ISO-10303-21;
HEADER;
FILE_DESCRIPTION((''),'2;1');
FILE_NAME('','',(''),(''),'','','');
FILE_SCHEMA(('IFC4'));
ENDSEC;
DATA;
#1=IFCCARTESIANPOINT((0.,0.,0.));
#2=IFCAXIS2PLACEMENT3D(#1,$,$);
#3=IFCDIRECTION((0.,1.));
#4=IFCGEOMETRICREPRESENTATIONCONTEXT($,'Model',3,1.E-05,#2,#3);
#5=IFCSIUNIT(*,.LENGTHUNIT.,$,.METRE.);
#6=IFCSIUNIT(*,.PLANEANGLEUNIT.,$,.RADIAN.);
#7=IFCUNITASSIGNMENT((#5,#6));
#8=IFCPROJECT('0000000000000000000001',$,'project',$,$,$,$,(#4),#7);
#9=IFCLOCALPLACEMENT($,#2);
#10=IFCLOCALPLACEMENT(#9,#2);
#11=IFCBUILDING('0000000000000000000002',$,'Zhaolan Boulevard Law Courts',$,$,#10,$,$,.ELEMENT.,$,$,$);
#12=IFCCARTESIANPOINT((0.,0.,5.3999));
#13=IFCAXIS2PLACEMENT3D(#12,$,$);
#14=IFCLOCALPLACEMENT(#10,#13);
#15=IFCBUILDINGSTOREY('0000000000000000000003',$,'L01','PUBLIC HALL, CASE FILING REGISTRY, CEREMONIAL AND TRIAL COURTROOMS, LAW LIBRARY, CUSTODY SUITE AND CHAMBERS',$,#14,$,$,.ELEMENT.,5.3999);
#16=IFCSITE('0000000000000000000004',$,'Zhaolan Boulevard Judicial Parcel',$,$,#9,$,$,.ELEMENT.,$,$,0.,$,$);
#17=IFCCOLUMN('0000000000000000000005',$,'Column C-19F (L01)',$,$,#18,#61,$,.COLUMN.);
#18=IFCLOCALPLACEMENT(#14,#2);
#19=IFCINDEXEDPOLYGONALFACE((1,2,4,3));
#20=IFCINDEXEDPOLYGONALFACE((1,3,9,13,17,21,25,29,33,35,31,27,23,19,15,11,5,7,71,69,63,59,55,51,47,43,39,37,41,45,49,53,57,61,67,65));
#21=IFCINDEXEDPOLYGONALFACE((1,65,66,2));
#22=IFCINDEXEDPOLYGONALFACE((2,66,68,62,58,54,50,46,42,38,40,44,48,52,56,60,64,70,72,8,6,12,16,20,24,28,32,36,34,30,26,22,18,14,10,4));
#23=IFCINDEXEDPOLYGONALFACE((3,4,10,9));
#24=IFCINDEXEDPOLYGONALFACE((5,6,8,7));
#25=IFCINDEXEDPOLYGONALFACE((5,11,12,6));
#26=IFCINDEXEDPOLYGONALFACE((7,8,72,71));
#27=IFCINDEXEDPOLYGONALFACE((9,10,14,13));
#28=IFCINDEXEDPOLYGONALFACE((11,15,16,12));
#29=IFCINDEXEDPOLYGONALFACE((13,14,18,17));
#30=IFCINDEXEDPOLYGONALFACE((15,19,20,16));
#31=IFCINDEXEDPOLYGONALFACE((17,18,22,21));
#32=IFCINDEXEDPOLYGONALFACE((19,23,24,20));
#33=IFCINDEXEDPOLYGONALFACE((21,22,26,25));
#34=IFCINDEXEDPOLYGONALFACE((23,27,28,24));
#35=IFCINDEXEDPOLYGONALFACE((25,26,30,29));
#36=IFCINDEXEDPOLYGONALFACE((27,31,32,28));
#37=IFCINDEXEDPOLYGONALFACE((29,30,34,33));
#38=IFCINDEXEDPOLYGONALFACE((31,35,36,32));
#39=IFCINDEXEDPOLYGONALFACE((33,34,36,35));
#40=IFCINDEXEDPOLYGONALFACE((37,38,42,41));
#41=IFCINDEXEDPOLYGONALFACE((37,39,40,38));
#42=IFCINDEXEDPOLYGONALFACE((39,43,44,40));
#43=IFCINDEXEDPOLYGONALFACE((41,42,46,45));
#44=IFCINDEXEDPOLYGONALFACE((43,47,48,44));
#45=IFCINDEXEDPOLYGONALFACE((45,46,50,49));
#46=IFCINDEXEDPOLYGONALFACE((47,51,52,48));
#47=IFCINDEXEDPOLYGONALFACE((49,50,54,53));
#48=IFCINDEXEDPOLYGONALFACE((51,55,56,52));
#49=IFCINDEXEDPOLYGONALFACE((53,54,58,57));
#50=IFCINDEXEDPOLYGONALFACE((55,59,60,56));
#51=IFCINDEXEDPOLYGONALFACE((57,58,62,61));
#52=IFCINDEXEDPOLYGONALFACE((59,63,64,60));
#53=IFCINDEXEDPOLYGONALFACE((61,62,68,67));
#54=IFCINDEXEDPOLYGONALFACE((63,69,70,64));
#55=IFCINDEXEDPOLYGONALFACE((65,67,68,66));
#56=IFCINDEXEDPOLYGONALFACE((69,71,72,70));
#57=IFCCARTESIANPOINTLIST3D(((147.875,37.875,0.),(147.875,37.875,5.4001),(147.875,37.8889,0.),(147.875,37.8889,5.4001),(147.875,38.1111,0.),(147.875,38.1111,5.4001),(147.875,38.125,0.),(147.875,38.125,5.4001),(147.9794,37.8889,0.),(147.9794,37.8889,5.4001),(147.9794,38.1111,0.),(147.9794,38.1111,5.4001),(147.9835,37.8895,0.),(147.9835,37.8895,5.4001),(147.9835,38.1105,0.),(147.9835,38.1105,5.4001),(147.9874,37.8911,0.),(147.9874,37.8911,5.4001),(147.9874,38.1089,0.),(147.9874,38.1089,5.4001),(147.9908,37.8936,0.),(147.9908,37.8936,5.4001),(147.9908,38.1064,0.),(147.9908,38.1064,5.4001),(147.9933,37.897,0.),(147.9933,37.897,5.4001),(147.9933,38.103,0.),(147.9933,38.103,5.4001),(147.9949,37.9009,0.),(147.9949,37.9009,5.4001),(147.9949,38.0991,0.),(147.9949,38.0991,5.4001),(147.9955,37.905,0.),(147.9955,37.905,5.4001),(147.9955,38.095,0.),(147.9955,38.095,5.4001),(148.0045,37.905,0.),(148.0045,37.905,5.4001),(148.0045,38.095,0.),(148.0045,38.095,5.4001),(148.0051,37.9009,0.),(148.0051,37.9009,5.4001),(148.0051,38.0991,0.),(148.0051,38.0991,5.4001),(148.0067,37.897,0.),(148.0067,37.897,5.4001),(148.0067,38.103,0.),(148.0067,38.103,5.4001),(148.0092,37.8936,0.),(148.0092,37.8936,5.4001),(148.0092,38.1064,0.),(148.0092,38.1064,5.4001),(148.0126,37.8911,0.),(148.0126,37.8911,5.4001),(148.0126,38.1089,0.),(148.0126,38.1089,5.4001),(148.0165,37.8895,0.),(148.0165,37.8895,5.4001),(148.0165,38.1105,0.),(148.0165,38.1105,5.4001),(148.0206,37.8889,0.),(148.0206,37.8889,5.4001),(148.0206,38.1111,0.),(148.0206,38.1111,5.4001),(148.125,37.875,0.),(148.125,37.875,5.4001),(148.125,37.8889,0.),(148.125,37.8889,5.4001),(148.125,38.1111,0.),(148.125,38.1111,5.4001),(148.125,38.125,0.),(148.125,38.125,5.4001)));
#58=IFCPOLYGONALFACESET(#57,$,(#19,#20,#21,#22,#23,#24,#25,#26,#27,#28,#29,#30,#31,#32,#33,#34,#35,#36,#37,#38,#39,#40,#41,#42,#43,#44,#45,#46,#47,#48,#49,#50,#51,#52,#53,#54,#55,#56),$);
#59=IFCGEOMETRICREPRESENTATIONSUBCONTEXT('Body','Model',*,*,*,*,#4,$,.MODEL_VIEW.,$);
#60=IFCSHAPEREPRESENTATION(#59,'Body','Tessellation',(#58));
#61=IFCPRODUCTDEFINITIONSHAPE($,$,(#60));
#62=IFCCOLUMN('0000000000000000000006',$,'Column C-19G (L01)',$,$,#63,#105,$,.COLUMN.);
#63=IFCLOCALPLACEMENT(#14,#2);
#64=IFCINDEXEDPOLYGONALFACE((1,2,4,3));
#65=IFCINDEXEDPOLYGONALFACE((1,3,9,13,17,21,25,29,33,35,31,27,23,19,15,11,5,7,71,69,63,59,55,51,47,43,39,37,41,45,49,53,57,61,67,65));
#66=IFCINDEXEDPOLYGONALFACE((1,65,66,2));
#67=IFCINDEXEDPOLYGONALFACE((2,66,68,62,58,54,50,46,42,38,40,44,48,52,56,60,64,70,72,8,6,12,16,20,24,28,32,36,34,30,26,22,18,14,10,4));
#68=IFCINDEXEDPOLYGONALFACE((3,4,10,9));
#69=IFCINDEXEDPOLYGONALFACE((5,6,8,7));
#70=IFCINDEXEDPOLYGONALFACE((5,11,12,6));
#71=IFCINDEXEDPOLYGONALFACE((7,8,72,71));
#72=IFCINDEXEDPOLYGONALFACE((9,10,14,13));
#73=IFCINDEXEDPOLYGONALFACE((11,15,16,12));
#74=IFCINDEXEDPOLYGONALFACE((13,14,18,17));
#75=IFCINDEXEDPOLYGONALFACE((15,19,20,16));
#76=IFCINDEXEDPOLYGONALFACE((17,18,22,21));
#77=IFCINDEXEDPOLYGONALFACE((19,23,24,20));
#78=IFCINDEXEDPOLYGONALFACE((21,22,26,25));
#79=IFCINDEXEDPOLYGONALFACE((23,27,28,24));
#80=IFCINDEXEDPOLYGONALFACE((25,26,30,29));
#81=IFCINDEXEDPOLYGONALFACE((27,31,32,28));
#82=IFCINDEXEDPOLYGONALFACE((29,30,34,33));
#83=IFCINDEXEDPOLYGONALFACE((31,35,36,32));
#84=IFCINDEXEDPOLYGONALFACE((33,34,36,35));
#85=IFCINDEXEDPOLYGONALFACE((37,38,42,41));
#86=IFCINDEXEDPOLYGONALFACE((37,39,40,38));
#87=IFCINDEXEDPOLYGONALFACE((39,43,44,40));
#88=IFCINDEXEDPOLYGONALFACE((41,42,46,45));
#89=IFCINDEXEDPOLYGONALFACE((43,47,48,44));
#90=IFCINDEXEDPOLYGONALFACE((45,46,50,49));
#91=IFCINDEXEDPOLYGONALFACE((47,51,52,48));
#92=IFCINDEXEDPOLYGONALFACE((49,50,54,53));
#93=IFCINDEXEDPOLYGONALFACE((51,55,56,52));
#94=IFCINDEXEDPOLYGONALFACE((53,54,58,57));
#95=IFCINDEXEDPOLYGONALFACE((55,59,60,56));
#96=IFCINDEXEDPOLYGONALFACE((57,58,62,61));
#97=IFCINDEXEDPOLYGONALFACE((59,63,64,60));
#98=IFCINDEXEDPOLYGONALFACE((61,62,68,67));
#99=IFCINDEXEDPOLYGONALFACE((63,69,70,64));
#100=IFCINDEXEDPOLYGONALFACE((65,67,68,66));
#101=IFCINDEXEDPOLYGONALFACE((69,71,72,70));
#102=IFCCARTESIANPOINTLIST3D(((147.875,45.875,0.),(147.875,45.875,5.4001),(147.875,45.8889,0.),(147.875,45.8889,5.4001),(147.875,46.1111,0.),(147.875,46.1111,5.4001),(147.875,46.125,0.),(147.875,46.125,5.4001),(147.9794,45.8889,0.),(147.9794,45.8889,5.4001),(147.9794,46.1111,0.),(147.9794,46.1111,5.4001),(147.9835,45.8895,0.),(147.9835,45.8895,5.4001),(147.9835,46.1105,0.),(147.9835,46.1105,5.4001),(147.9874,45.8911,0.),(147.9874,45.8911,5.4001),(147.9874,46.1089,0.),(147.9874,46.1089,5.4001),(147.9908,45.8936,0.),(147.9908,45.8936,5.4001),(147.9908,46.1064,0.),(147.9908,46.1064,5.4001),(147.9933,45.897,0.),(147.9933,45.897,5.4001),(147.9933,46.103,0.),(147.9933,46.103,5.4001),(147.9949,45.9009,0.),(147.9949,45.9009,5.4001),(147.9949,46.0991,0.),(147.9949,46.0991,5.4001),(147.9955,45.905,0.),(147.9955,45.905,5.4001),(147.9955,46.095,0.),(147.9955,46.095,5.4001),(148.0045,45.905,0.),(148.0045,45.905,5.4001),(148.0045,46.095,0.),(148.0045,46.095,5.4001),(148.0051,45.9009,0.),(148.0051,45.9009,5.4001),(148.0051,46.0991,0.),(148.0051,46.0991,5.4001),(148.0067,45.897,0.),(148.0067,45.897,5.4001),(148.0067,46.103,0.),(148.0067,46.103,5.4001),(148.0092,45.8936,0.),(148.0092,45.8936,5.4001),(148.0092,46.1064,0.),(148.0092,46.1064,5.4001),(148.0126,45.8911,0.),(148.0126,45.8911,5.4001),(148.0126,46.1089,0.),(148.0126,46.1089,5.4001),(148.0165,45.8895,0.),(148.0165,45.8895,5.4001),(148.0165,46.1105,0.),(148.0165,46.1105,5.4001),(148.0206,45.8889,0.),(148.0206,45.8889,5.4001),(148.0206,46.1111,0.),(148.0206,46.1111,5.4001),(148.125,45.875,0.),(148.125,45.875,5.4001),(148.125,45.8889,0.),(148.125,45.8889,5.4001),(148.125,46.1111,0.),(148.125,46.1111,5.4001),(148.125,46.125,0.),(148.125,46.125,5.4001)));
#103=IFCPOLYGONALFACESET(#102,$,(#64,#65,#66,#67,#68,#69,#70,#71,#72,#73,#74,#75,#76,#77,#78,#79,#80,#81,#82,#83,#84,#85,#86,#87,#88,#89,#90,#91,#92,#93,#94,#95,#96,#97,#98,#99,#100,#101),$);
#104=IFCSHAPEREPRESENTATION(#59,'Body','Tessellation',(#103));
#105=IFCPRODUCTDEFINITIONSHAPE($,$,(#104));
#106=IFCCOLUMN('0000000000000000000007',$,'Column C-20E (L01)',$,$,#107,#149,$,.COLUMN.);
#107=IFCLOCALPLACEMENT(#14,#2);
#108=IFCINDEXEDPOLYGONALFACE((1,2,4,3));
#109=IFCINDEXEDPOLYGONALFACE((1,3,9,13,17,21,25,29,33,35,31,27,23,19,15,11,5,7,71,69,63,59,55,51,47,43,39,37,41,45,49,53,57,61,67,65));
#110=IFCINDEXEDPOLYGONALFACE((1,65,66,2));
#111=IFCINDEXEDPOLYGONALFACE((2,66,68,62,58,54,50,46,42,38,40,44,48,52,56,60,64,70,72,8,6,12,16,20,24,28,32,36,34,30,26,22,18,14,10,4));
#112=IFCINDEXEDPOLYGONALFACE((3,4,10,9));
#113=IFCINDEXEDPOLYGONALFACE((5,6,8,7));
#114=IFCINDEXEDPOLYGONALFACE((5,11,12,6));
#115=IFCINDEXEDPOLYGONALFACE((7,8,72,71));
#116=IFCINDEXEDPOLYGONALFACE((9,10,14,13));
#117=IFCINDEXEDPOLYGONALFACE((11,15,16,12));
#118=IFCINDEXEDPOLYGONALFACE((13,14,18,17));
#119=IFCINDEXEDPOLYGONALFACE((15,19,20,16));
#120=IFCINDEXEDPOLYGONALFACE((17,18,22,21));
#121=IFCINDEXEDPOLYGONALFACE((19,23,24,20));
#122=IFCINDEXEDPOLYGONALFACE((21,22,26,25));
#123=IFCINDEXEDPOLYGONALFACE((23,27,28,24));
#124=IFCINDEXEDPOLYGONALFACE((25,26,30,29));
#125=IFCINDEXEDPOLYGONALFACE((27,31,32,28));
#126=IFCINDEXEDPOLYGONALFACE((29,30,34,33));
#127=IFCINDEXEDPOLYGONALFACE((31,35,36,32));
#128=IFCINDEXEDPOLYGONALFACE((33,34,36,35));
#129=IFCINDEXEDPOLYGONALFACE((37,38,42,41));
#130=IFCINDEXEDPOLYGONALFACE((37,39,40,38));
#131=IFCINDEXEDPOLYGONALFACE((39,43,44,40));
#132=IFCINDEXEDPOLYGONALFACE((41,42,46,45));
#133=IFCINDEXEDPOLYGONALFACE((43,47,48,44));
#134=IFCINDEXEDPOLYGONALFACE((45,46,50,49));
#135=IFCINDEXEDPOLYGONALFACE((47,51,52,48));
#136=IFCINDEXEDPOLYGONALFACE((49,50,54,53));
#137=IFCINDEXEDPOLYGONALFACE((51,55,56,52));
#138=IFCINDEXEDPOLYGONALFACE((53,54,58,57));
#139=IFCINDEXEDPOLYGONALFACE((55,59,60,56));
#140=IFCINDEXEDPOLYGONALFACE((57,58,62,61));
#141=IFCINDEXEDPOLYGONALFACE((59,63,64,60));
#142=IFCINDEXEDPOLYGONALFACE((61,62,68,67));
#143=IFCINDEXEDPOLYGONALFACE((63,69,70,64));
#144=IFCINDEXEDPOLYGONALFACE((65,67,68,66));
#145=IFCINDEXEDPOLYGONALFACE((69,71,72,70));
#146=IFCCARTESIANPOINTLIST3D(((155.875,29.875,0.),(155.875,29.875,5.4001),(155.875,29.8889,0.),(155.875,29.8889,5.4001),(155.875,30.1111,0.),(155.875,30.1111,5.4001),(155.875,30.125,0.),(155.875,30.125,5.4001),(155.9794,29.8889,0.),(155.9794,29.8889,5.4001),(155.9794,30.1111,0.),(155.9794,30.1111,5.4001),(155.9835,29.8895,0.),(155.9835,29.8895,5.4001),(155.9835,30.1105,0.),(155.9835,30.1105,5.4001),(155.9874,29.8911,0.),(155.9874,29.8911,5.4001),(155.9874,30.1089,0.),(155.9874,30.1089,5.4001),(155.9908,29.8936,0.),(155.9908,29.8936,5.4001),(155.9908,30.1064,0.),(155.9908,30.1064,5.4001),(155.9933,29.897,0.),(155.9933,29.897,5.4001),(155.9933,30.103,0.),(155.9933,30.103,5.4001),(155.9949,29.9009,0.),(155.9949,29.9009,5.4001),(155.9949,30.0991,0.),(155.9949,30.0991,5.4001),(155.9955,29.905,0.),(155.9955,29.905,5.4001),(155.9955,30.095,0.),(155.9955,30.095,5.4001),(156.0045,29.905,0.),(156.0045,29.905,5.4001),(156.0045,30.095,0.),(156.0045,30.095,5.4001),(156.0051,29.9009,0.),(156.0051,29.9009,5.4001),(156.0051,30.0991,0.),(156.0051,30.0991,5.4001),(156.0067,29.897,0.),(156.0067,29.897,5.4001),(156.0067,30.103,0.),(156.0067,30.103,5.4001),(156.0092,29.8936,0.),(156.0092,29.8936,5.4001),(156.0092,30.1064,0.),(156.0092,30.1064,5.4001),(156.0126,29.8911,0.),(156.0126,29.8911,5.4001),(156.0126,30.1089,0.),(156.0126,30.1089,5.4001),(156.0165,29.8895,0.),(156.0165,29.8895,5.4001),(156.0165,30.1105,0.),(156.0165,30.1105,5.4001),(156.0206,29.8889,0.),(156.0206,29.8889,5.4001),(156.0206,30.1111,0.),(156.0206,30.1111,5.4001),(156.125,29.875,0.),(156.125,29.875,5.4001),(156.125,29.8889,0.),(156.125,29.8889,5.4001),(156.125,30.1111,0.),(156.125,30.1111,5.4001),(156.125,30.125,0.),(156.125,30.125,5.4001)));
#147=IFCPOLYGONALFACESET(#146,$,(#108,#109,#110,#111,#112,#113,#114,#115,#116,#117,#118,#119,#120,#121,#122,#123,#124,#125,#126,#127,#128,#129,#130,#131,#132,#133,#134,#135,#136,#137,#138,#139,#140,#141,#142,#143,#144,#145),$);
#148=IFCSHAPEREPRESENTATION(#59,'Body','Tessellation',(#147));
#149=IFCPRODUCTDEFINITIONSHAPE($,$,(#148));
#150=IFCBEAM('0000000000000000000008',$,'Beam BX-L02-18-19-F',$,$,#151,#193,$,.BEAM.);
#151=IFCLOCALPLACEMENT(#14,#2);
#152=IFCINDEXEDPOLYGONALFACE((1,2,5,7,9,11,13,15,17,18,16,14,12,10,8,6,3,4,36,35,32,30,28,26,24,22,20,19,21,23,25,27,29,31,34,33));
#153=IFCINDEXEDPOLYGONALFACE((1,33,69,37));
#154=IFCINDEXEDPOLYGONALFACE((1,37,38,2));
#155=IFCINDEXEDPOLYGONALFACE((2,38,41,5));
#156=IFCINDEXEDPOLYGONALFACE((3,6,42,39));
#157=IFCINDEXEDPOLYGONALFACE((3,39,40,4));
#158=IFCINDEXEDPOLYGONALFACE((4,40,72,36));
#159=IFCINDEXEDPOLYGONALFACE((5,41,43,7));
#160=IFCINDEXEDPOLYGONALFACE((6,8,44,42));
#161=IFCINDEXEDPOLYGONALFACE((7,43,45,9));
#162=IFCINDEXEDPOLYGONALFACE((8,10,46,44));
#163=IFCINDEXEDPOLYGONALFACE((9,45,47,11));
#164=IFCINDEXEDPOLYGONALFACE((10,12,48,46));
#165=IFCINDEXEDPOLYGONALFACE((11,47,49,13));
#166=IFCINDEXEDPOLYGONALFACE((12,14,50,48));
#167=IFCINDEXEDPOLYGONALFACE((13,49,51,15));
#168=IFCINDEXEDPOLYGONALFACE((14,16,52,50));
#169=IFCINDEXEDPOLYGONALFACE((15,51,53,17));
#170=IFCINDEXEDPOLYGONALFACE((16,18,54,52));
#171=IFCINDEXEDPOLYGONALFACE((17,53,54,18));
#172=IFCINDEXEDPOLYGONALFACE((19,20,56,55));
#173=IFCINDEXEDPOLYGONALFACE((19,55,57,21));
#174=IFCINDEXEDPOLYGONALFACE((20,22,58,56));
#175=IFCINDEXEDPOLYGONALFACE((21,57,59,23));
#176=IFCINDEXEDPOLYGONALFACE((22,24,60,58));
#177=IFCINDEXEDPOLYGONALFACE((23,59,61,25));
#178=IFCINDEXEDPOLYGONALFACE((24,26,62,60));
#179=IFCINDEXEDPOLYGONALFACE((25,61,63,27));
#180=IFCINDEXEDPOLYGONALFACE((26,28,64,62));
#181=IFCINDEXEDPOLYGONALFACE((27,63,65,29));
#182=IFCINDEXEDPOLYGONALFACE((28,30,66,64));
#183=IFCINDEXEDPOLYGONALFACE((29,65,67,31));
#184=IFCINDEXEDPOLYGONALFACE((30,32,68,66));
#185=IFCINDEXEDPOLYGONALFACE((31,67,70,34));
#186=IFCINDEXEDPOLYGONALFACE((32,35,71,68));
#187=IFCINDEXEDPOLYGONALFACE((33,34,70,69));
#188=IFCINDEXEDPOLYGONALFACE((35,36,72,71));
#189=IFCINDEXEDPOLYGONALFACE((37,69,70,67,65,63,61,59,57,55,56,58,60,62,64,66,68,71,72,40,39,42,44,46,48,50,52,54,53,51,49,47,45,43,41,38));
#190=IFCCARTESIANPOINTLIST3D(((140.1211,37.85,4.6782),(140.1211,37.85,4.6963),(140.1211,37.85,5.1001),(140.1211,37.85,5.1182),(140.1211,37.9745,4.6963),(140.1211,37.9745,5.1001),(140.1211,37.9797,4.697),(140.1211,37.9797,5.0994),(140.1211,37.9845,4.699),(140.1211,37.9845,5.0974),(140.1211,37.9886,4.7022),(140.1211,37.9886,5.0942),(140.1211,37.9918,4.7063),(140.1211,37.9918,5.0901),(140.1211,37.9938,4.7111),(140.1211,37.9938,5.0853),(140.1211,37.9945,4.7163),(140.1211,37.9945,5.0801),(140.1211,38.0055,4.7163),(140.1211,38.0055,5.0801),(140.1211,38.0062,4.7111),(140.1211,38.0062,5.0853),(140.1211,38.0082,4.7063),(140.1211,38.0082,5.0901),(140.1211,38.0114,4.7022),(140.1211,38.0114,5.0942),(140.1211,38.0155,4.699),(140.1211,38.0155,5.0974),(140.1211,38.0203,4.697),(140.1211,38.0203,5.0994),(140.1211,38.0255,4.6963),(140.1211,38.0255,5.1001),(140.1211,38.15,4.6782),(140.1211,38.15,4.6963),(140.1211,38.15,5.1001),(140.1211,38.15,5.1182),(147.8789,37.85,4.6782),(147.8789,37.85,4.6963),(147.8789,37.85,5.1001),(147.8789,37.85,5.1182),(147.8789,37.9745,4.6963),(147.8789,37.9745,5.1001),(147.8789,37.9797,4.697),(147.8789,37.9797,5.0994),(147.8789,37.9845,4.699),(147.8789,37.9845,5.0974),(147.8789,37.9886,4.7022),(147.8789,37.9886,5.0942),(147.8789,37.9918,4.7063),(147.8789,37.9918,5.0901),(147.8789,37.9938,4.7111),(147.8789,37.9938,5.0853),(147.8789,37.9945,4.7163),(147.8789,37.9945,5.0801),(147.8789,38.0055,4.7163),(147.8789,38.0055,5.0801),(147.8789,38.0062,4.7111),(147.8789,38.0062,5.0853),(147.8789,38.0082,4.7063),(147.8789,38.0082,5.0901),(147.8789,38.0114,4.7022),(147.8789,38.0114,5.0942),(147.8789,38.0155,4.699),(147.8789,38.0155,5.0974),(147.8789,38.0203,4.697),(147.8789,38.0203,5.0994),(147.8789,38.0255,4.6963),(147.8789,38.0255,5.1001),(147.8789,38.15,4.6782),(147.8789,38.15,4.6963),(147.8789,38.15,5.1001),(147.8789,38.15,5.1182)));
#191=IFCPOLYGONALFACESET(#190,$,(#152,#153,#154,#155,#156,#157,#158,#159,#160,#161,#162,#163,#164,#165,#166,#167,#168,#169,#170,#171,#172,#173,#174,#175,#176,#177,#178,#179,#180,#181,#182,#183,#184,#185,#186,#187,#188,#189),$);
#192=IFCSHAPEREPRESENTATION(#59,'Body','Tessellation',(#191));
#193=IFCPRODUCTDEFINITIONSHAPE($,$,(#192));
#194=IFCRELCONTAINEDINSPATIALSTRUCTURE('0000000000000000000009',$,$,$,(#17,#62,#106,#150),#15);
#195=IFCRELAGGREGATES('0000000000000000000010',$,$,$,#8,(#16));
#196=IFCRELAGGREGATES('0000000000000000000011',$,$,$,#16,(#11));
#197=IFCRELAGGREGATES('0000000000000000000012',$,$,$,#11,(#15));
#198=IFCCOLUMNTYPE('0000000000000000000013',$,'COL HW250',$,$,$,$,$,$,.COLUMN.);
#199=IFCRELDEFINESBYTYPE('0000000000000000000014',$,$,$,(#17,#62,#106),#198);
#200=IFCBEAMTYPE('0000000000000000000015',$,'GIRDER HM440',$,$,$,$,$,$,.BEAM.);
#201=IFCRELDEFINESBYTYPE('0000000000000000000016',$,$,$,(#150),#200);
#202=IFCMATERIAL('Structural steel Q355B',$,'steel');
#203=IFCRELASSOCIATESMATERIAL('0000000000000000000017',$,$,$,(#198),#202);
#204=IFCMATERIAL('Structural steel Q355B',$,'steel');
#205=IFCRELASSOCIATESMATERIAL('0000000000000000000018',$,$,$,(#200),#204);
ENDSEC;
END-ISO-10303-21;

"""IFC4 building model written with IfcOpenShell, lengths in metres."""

from ifc_helpers import new_model, si_unit, direction, frame, origin, origin_2d, place, context, subcontext, project, spatial, i_section, extrude, material, material_profile, profile_set, type_object, element, save


model = new_model("IFC4")

# Units and contexts
model_context = context("Model", 3, precision=1e-05, world=origin(), true_north=direction((0.0, 1.0)))
body_context = subcontext(model_context, "Body", "Model", "MODEL_VIEW")
ifc_project = project(units=[si_unit("LENGTHUNIT", "METRE"), si_unit("PLANEANGLEUNIT", "RADIAN")], contexts=[model_context])

# Site, building, storey
site_placement = place(None, origin())
site = spatial("IfcSite", under=ifc_project, at=site_placement, Name="Zhaolan Boulevard Judicial Parcel", CompositionType="ELEMENT", RefElevation=0.0)
building_placement = place(site_placement, origin())
building = spatial("IfcBuilding", under=site, at=building_placement, Name="Zhaolan Boulevard Law Courts", CompositionType="ELEMENT")
storey_placement = place(building_placement, frame((0.0, 0.0, 5.3999)))
storey = spatial("IfcBuildingStorey", under=building, at=storey_placement, Name="L01", Description="PUBLIC HALL, CASE FILING REGISTRY, CEREMONIAL AND TRIAL COURTROOMS, LAW LIBRARY, CUSTODY SUITE AND CHAMBERS", CompositionType="ELEMENT", Elevation=5.3999)

# Columns
ifc_material_1 = material(Name="Structural steel Q355B", Category="steel")
ifc_material_profile_1 = material_profile(ifc_material_1, i_section(OverallWidth=0.25, OverallDepth=0.25, WebThickness=0.009, FlangeThickness=0.0139, FilletRadius=0.0161, at=origin_2d()), Name="HW250x250")
ifc_profile_set_1 = profile_set([ifc_material_profile_1], Name="Structural steel Q355B")
column_type = type_object("IfcColumnType", Name="COL HW250", PredefinedType="COLUMN", material=ifc_profile_set_1)
for number, where, z_axis, x_axis, name in (
    (1, (148.0, 38.0, 0.0), (0.0, 0.0, 1.0), (1.0, 0.0, 0.0), "Column C-19F (L01)"),
    (2, (148.0, 46.0, 0.0), (0.0, 0.0, 1.0), (1.0, 0.0, 0.0), "Column C-19G (L01)"),
    (3, (156.0, 30.0, 0.0), (0.0, 0.0, 1.0), (1.0, 0.0, 0.0), "Column C-20E (L01)"),
):
    element("IfcColumn", number, at=place(storey_placement, frame(where, z_axis=z_axis, x_axis=x_axis)), inside=storey, type_object=column_type, Name=name, PredefinedType="COLUMN", context=body_context, shape_type="SweptSolid", body=[
        extrude(i_section(OverallWidth=0.25, OverallDepth=0.25, WebThickness=0.009, FlangeThickness=0.0139, FilletRadius=0.0161, at=origin_2d()), origin(), (0.0, 0.0, 1.0), 5.4001),
    ])

# Beam
ifc_material_2 = material(Name="Structural steel Q355B", Category="steel")
ifc_material_profile_2 = material_profile(ifc_material_2, i_section(OverallWidth=0.3, OverallDepth=0.4399, WebThickness=0.011, FlangeThickness=0.0181, FilletRadius=0.02, at=origin_2d()), Name="HM440x300")
ifc_profile_set_2 = profile_set([ifc_material_profile_2], Name="Structural steel Q355B")
beam_type_1 = type_object("IfcBeamType", Name="GIRDER HM440", PredefinedType="BEAM", material=ifc_profile_set_2)
for number, where, z_axis, x_axis, name in (
    (4, (140.1211, 38.0, 4.8982), (1.0, 0.0, 0.0), (0.0, 1.0, 0.0), "Beam BX-L02-18-19-F"),
):
    element("IfcBeam", number, at=place(storey_placement, frame(where, z_axis=z_axis, x_axis=x_axis)), inside=storey, type_object=beam_type_1, Name=name, PredefinedType="BEAM", context=body_context, shape_type="SweptSolid", body=[
        extrude(i_section(OverallWidth=0.3, OverallDepth=0.4399, WebThickness=0.011, FlangeThickness=0.0181, FilletRadius=0.02, at=origin_2d()), origin(), (0.0, 0.0, 1.0), 7.7578),
    ])

save(model, "model.ifc")
